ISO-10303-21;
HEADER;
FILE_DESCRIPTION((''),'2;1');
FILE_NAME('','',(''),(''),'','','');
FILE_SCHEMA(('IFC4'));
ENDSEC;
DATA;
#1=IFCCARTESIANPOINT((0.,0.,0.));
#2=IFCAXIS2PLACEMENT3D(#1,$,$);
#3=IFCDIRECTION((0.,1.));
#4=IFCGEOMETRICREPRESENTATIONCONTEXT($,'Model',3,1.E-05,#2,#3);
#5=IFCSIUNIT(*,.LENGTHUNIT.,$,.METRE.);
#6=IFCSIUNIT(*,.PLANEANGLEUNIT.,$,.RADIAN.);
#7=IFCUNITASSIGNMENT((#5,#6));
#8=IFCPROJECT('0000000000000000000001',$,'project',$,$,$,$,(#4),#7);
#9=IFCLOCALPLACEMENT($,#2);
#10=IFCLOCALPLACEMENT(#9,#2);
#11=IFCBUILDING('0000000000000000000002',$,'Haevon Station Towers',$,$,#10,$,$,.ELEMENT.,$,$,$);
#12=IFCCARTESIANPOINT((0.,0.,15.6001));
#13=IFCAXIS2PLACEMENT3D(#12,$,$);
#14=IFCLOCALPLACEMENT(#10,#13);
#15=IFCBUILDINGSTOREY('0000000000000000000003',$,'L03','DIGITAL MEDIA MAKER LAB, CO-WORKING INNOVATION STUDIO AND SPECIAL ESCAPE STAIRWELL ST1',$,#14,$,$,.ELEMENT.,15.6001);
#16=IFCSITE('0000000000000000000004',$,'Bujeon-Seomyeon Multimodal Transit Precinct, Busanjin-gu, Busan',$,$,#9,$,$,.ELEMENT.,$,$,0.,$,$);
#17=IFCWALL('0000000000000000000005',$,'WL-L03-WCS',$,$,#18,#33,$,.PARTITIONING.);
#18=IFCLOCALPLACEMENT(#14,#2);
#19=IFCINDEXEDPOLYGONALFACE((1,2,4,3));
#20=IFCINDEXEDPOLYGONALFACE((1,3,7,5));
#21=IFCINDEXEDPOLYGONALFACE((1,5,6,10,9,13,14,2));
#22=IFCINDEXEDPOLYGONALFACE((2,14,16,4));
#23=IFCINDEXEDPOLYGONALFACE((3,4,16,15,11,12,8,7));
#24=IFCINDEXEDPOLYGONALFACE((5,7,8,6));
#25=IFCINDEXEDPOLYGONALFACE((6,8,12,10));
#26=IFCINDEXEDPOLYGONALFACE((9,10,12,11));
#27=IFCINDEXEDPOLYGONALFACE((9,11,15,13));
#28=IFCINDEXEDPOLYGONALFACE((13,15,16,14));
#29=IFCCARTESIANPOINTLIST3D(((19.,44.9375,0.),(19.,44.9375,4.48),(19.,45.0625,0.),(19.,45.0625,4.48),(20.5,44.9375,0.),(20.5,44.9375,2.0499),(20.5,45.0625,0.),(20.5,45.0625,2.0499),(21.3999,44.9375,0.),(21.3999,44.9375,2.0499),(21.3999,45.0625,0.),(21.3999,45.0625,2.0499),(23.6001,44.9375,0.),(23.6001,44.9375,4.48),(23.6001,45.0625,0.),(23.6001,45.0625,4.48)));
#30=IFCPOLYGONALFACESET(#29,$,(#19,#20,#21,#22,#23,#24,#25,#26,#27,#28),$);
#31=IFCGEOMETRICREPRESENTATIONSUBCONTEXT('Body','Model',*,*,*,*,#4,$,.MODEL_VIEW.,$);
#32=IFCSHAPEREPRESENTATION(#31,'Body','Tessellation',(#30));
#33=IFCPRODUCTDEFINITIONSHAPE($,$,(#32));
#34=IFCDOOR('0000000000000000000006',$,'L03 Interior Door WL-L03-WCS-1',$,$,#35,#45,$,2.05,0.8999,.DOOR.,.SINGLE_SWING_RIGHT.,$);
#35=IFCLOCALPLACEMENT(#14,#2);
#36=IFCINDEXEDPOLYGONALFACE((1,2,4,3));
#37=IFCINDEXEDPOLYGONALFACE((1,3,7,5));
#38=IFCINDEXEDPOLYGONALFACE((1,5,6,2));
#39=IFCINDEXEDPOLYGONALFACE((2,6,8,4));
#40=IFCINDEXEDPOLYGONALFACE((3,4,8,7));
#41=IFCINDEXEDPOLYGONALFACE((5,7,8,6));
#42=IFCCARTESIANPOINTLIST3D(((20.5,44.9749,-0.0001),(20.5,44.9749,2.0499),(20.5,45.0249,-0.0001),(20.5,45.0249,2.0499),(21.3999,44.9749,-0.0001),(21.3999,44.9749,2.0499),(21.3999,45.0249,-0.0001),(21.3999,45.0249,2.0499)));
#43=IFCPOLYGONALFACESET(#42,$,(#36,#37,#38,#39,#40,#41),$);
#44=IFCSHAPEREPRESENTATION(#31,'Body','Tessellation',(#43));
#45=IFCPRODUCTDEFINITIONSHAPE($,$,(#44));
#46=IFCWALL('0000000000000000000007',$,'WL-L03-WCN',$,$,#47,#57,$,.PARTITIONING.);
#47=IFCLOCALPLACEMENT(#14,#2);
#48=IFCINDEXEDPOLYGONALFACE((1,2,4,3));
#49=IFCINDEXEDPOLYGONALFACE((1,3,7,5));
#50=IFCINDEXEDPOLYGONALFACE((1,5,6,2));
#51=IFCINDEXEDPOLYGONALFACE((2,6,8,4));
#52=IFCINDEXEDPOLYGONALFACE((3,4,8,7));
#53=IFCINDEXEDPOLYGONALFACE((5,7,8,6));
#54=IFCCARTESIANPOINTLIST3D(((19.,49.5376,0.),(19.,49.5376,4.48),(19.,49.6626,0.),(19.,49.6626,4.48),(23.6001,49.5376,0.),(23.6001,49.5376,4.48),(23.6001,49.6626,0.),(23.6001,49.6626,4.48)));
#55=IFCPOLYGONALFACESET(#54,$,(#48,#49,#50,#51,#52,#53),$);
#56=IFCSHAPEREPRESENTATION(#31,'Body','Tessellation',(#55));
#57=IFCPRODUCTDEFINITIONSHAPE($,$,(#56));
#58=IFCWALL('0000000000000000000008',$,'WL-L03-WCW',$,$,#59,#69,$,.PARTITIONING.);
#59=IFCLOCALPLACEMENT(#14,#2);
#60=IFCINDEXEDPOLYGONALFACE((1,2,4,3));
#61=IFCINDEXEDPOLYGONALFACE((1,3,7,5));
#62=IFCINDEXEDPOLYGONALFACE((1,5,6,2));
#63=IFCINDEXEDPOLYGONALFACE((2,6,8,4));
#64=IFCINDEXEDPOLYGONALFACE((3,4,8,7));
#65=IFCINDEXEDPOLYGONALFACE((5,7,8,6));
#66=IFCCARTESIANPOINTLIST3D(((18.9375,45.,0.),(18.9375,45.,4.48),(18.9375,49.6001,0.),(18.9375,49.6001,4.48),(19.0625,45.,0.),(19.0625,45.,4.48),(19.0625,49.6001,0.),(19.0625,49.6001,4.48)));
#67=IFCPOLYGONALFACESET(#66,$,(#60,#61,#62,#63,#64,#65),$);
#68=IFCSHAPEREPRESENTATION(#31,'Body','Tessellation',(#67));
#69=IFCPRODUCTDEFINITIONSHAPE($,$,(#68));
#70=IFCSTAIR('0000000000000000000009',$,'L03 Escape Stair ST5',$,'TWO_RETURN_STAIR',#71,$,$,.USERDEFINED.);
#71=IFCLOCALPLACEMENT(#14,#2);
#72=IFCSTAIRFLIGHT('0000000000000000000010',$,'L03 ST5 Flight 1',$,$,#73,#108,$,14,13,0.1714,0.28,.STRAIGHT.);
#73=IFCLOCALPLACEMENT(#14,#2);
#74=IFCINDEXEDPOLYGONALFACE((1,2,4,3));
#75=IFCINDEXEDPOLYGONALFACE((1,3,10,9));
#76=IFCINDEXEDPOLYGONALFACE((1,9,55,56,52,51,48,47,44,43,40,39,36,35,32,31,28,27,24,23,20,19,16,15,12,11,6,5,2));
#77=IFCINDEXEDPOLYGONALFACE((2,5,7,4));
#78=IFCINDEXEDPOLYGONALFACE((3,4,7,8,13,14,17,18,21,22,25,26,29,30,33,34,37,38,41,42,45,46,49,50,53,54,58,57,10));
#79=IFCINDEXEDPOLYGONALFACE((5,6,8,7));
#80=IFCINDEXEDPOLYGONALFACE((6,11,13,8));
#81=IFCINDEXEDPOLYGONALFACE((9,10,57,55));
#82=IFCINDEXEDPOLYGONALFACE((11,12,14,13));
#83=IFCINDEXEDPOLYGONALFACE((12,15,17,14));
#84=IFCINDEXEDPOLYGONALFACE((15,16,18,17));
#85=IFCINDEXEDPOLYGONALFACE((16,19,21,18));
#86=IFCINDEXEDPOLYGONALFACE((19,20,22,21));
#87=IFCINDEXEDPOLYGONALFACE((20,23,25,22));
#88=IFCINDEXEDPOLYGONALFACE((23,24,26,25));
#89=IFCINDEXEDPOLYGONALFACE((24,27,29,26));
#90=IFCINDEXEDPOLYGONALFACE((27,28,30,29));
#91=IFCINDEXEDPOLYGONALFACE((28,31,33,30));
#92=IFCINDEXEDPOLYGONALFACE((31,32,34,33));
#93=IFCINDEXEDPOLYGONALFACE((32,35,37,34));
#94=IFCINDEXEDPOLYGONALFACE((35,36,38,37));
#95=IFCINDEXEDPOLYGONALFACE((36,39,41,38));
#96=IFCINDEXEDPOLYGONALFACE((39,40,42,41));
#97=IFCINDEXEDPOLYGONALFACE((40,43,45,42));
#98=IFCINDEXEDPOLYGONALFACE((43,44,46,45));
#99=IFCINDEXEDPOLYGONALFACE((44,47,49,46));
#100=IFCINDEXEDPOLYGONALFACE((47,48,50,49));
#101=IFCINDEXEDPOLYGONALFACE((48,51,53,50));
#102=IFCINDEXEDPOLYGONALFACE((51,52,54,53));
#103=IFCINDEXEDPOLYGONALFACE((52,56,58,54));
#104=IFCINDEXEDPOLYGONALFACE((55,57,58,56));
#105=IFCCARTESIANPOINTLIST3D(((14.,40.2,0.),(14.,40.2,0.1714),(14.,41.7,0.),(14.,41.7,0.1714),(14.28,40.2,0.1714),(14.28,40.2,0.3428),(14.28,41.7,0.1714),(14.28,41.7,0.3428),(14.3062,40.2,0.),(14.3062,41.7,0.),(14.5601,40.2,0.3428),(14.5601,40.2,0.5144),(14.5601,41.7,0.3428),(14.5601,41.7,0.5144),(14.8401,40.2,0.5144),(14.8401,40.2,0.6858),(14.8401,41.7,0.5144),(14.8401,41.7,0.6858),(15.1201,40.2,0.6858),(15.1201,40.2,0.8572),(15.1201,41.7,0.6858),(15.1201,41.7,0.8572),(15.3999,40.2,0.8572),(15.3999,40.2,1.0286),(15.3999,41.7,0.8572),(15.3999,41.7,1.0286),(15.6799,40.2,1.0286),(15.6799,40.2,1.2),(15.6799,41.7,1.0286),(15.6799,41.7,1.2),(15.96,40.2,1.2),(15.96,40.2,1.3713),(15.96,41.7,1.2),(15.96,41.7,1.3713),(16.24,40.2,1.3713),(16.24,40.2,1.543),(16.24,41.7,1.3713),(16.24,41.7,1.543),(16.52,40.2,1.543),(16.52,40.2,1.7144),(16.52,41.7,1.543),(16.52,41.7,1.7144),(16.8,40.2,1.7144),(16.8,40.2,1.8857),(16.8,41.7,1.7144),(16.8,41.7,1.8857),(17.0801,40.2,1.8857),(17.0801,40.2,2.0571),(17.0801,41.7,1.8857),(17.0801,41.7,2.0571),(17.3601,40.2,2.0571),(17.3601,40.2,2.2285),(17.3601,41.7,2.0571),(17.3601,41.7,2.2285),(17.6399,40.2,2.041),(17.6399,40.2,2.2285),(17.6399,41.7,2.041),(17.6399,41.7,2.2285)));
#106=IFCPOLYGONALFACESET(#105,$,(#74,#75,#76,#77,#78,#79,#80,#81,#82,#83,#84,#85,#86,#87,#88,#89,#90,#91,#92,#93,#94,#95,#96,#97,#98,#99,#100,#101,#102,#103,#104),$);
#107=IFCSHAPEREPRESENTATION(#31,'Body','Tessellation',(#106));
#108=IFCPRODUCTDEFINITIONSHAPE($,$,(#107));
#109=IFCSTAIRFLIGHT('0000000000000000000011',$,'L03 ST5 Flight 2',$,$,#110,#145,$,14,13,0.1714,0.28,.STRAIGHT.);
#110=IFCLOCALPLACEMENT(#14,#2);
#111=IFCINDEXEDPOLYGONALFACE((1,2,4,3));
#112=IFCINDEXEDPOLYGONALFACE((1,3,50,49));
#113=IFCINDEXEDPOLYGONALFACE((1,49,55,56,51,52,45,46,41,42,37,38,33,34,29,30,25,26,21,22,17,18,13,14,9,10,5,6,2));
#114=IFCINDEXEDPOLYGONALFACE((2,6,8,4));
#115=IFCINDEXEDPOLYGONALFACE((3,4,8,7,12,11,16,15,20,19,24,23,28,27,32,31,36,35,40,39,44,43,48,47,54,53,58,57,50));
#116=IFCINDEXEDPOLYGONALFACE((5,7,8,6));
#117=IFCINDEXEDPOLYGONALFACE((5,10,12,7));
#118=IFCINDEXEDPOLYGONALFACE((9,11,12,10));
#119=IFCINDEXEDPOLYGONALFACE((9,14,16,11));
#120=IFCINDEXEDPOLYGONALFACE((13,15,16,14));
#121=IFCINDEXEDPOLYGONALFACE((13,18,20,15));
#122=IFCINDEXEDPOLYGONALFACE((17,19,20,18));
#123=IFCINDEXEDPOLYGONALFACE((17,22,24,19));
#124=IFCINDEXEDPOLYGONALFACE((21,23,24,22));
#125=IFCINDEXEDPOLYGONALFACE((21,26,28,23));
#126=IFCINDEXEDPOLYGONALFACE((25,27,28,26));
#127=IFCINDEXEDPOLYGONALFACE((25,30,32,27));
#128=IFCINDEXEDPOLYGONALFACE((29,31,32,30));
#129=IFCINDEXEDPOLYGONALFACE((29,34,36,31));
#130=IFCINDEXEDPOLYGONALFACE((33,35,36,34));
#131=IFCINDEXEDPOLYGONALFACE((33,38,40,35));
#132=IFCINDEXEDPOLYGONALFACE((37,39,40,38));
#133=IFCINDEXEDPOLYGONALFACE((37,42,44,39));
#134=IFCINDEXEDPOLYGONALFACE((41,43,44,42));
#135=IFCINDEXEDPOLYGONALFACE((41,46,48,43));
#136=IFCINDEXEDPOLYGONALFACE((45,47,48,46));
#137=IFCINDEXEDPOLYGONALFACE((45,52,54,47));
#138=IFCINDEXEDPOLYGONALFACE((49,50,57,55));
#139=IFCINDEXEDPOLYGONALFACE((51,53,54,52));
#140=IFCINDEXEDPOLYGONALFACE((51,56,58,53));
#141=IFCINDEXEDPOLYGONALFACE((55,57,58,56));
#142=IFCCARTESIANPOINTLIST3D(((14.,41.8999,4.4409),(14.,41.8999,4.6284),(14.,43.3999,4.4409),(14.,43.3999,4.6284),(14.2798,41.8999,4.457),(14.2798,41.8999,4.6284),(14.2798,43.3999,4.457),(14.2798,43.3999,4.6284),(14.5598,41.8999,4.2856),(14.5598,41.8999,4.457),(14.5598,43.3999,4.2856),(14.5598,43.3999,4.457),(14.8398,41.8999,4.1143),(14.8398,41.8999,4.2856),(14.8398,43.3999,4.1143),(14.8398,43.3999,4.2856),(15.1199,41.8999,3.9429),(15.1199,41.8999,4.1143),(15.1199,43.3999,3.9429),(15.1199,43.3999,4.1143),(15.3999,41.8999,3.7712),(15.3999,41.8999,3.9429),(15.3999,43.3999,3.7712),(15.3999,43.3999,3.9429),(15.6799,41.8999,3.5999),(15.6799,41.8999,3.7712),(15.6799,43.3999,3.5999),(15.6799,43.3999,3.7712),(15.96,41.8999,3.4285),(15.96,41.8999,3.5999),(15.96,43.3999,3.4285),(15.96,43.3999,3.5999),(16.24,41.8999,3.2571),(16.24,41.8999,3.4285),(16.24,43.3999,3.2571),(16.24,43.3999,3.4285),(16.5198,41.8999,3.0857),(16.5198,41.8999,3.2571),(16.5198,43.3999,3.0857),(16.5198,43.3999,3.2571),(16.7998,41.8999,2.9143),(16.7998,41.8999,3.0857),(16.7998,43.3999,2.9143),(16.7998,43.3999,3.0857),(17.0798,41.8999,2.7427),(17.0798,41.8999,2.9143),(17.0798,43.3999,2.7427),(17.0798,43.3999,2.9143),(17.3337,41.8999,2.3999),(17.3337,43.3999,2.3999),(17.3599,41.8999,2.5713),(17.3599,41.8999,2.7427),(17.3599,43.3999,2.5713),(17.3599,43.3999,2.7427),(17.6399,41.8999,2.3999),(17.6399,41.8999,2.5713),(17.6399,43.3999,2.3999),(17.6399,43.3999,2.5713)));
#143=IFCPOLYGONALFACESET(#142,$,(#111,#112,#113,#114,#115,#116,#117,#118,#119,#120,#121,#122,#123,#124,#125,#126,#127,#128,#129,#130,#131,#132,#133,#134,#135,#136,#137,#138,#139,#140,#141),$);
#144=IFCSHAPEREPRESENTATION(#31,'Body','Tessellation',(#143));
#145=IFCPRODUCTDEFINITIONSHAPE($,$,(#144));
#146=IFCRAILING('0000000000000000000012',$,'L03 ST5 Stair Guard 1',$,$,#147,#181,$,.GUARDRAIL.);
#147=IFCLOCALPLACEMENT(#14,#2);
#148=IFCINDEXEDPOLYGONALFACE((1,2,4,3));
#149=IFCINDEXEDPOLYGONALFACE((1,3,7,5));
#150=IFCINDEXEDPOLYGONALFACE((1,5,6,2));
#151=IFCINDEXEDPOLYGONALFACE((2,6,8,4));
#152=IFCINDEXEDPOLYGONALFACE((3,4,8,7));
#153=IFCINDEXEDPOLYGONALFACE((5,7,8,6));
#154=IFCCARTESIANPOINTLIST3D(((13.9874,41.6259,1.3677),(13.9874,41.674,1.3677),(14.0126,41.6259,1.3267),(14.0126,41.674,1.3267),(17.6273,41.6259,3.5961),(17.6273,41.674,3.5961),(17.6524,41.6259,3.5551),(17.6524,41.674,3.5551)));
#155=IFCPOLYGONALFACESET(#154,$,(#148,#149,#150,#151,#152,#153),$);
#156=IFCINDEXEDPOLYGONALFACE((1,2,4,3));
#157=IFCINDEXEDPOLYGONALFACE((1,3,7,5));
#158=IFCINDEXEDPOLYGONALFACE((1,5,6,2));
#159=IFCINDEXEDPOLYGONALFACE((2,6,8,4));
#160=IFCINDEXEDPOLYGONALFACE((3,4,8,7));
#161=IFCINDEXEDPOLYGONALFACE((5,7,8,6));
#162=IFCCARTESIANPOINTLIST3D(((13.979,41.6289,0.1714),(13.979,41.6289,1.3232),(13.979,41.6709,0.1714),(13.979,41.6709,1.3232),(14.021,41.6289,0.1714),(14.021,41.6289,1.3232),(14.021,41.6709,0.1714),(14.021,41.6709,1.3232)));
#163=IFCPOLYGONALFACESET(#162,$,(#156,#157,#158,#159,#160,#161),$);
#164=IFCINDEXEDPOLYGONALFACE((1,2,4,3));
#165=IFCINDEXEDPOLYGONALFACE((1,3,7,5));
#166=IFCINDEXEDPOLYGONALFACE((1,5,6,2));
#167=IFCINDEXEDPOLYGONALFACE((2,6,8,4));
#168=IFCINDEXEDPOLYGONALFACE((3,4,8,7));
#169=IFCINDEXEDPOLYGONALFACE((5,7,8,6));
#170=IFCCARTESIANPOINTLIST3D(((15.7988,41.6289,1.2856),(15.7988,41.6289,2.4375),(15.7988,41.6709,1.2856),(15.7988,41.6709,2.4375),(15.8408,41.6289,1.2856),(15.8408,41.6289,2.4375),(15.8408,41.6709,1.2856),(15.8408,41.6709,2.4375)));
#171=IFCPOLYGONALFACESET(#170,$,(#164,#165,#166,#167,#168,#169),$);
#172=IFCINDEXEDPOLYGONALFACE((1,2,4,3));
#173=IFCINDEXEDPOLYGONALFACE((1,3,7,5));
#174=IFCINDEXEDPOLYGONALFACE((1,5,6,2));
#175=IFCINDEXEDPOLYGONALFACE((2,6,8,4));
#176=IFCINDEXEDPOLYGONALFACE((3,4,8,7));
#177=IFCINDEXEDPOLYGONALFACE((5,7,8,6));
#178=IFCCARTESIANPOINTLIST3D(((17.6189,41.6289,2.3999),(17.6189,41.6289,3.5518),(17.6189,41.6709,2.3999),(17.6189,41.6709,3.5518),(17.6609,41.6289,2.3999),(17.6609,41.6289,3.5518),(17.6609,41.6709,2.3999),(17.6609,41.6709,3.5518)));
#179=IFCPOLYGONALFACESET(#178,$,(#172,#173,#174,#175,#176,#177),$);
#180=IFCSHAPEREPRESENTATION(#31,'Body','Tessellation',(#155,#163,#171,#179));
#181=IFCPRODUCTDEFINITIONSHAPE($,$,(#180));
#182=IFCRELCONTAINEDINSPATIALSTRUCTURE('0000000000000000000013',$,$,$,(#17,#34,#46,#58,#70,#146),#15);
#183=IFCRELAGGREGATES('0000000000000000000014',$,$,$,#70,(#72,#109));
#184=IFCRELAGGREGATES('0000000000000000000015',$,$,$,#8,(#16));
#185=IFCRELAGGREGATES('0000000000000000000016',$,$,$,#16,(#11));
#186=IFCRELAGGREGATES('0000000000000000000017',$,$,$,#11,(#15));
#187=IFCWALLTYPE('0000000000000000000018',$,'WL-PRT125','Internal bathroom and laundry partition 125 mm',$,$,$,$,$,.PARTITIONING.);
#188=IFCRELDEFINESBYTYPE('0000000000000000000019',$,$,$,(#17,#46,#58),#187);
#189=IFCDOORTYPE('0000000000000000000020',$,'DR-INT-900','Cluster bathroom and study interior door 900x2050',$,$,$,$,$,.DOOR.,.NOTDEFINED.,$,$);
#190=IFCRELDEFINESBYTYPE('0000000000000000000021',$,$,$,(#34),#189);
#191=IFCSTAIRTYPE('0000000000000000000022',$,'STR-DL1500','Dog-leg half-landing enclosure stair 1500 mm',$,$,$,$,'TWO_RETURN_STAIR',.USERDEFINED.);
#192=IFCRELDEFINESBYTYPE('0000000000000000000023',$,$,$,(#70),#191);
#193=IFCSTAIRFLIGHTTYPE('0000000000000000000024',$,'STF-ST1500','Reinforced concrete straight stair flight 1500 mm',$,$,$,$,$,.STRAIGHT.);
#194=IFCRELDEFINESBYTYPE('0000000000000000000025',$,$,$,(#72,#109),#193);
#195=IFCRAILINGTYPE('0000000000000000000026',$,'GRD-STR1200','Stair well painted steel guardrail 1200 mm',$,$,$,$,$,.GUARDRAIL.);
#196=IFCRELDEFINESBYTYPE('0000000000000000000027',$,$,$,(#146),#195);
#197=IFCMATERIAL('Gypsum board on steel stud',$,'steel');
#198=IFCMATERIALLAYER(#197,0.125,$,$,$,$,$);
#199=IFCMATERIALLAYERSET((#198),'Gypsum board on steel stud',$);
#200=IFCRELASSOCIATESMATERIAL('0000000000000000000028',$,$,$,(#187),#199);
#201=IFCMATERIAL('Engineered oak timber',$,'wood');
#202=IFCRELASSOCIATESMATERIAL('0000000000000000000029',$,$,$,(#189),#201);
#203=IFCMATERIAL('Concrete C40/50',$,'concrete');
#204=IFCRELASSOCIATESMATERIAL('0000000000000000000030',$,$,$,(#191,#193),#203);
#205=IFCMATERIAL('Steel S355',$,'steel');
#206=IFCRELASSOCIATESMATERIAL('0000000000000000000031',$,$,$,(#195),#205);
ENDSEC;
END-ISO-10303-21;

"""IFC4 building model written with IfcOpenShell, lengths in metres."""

from ifc_helpers import new_model, si_unit, direction, frame, frame_2d, origin, origin_2d, place, context, subcontext, project, spatial, polyline, rectangle, outline, extrude, material, layer, layer_set, type_object, element, fill, aggregate, save


model = new_model("IFC4")

# Units and contexts
model_context = context("Model", 3, precision=1e-05, world=origin(), true_north=direction((0.0, 1.0)))
body_context = subcontext(model_context, "Body", "Model", "MODEL_VIEW")
ifc_project = project(units=[si_unit("LENGTHUNIT", "METRE"), si_unit("PLANEANGLEUNIT", "RADIAN")], contexts=[model_context])

# Site, building, storey
site_placement = place(None, origin())
site = spatial("IfcSite", under=ifc_project, at=site_placement, Name="Bujeon-Seomyeon Multimodal Transit Precinct, Busanjin-gu, Busan", CompositionType="ELEMENT", RefElevation=0.0)
building_placement = place(site_placement, origin())
building = spatial("IfcBuilding", under=site, at=building_placement, Name="Haevon Station Towers", CompositionType="ELEMENT")
storey_placement = place(building_placement, frame((0.0, 0.0, 15.6001)))
storey = spatial("IfcBuildingStorey", under=building, at=storey_placement, Name="L03", Description="DIGITAL MEDIA MAKER LAB, CO-WORKING INNOVATION STUDIO AND SPECIAL ESCAPE STAIRWELL ST1", CompositionType="ELEMENT", Elevation=15.6001)

# Shared definitions
ifc_material_1 = material(Name="Steel S355", Category="steel")

# Shared definitions
ifc_material_2 = material(Name="Gypsum board on steel stud", Category="steel")
ifc_material_3 = material(Name="Engineered oak timber", Category="wood")

# Wall, opening, door
ifc_layer_1 = layer(ifc_material_2, 0.125)
ifc_layer_set_1 = layer_set([ifc_layer_1], Name="Gypsum board on steel stud")
wall_type_1 = type_object("IfcWallType", Name="WL-PRT125", Description="Internal bathroom and laundry partition 125 mm", PredefinedType="PARTITIONING", material=ifc_layer_set_1)
wall_1_placement = place(storey_placement, frame((19.0, 45.0, 0.0), z_axis=(0.0, 0.0, 1.0), x_axis=(1.0, 0.0, 0.0)))
wall_1 = element("IfcWall", 1, at=wall_1_placement, inside=storey, type_object=wall_type_1, Name="WL-L03-WCS", PredefinedType="PARTITIONING", context=body_context, shape_type="SweptSolid", body=[
    extrude(rectangle(XDim=4.6001, YDim=0.125, at=frame_2d((2.3, 0.0))), origin(), (0.0, 0.0, 1.0), 4.48),
])
opening_1_placement = place(wall_1_placement, frame((1.5, 0.0, 0.0)))
opening_1 = element("IfcOpeningElement", 2, at=opening_1_placement, cuts=wall_1, PredefinedType="OPENING", context=body_context, shape_type="SweptSolid", body=[
    extrude(rectangle(XDim=0.8999, YDim=2.05, at=frame_2d((0.45, 1.0249))), frame((0.0, 0.0725, 0.0), z_axis=(0.0, -1.0, 0.0), x_axis=(1.0, 0.0, 0.0)), (0.0, 0.0, 1.0), 0.145),
])
door_type_1 = type_object("IfcDoorType", Name="DR-INT-900", Description="Cluster bathroom and study interior door 900x2050", OperationType="NOTDEFINED", PredefinedType="DOOR", material=ifc_material_3)
door_1_placement = place(opening_1_placement, origin())
door_1 = element("IfcDoor", 3, at=door_1_placement, inside=storey, type_object=door_type_1, Name="L03 Interior Door WL-L03-WCS-1", OperationType="SINGLE_SWING_RIGHT", OverallHeight=2.05, OverallWidth=0.8999, PredefinedType="DOOR", context=body_context, shape_type="SweptSolid", body=[
    extrude(rectangle(XDim=0.8999, YDim=2.05, at=frame_2d((0.45, 1.0249))), frame((0.0, 0.0249, 0.0), z_axis=(0.0, -1.0, 0.0), x_axis=(1.0, 0.0, 0.0)), (0.0, 0.0, 1.0), 0.05),
])
fill(opening_1, door_1)

# Walls
for number, where, z_axis, x_axis, name in (
    (4, (19.0, 49.6001, 0.0), (0.0, 0.0, 1.0), (1.0, 0.0, 0.0), "WL-L03-WCN"),
    (5, (19.0, 45.0, 0.0), (0.0, 0.0, 1.0), (0.0, 1.0, 0.0), "WL-L03-WCW"),
):
    element("IfcWall", number, at=place(storey_placement, frame(where, z_axis=z_axis, x_axis=x_axis)), inside=storey, type_object=wall_type_1, Name=name, PredefinedType="PARTITIONING", context=body_context, shape_type="SweptSolid", body=[
        extrude(rectangle(XDim=4.6001, YDim=0.125, at=frame_2d((2.3, 0.0))), origin(), (0.0, 0.0, 1.0), 4.48),
    ])

# Stair, stair flights
ifc_material_4 = material(Name="Concrete C40/50", Category="concrete")
stair_type = type_object("IfcStairType", Name="STR-DL1500", Description="Dog-leg half-landing enclosure stair 1500 mm", ElementType="TWO_RETURN_STAIR", PredefinedType="USERDEFINED", material=ifc_material_4)
stair_placement = place(storey_placement, origin())
stair = element("IfcStair", 6, at=stair_placement, inside=storey, type_object=stair_type, Name="L03 Escape Stair ST5", ObjectType="TWO_RETURN_STAIR", PredefinedType="USERDEFINED")
stair_flight_type = type_object("IfcStairFlightType", Name="STF-ST1500", Description="Reinforced concrete straight stair flight 1500 mm", PredefinedType="STRAIGHT", material=ifc_material_4)
stair_flight_1_placement = place(storey_placement, frame((14.0, 40.95, 0.0), z_axis=(0.0, 0.0, 1.0), x_axis=(1.0, 0.0, 0.0)))
stair_flight_1 = element("IfcStairFlight", 7, at=stair_flight_1_placement, type_object=stair_flight_type, Name="L03 ST5 Flight 1", NumberOfRisers=14, NumberOfTreads=13, PredefinedType="STRAIGHT", RiserHeight=0.1714, TreadLength=0.28, context=body_context, shape_type="SweptSolid", body=[
    extrude(outline(polyline([(0.0, 0.0), (0.0, 0.1714), (0.28, 0.1714), (0.28, 0.3428), (0.5601, 0.3428), (0.5601, 0.5144), (0.8401, 0.5144), (0.8401, 0.6858), (1.1201, 0.6858), (1.1201, 0.8572), (1.3999, 0.8572), (1.3999, 1.0286), (1.6799, 1.0286), (1.6799, 1.2), (1.96, 1.2), (1.96, 1.3713), (2.24, 1.3713), (2.24, 1.543), (2.52, 1.543), (2.52, 1.7144), (2.8, 1.7144), (2.8, 1.8857), (3.0801, 1.8857), (3.0801, 2.0571), (3.3601, 2.0571), (3.3601, 2.2285), (3.6399, 2.2285), (3.6399, 2.3999), (3.6399, 2.041), (0.3062, 0.0), (0.0, 0.0)])), frame((0.0, 0.75, 0.0), z_axis=(0.0, -1.0, 0.0), x_axis=(1.0, 0.0, 0.0)), (0.0, 0.0, 1.0), 1.5),
])
stair_flight_2_placement = place(storey_placement, frame((17.6399, 42.6499, 2.3999), z_axis=(0.0, 0.0, 1.0), x_axis=(-1.0, 0.0, 0.0)))
stair_flight_2 = element("IfcStairFlight", 8, at=stair_flight_2_placement, type_object=stair_flight_type, Name="L03 ST5 Flight 2", NumberOfRisers=14, NumberOfTreads=13, PredefinedType="STRAIGHT", RiserHeight=0.1714, TreadLength=0.28, context=body_context, shape_type="SweptSolid", body=[
    extrude(outline(polyline([(0.0, 0.0), (0.0, 0.1714), (0.28, 0.1714), (0.28, 0.3428), (0.5601, 0.3428), (0.5601, 0.5144), (0.8401, 0.5144), (0.8401, 0.6858), (1.1201, 0.6858), (1.1201, 0.8572), (1.3999, 0.8572), (1.3999, 1.0286), (1.6799, 1.0286), (1.6799, 1.2), (1.96, 1.2), (1.96, 1.3713), (2.24, 1.3713), (2.24, 1.543), (2.52, 1.543), (2.52, 1.7144), (2.8, 1.7144), (2.8, 1.8857), (3.0801, 1.8857), (3.0801, 2.0571), (3.3601, 2.0571), (3.3601, 2.2285), (3.6399, 2.2285), (3.6399, 2.3999), (3.6399, 2.041), (0.3062, 0.0), (0.0, 0.0)])), frame((0.0, 0.75, 0.0), z_axis=(0.0, -1.0, 0.0), x_axis=(1.0, 0.0, 0.0)), (0.0, 0.0, 1.0), 1.5),
])
aggregate(stair, [stair_flight_1, stair_flight_2])

# Railing
railing_type_1 = type_object("IfcRailingType", Name="GRD-STR1200", Description="Stair well painted steel guardrail 1200 mm", PredefinedType="GUARDRAIL", material=ifc_material_1)
railing_1_placement = place(storey_placement, frame((14.0, 41.6499, 0.1714)))
element("IfcRailing", 9, at=railing_1_placement, inside=storey, type_object=railing_type_1, Name="L03 ST5 Stair Guard 1", PredefinedType="GUARDRAIL", context=body_context, shape_type="SweptSolid", body=[
    extrude(rectangle(XDim=0.0481, YDim=0.0481, at=origin_2d()), frame((0.0, 0.0, 1.1758), z_axis=(0.85285, 0.0, 0.522156), x_axis=(0.0, 1.0, 0.0)), (0.0, 0.0, 1.0), 4.2678),
    extrude(rectangle(XDim=0.042, YDim=0.042, at=origin_2d()), origin(), (0.0, 0.0, 1.0), 1.1519),
    extrude(rectangle(XDim=0.042, YDim=0.042, at=origin_2d()), frame((1.8198, 0.0, 1.1143)), (0.0, 0.0, 1.0), 1.1519),
    extrude(rectangle(XDim=0.042, YDim=0.042, at=origin_2d()), frame((3.6399, 0.0, 2.2285)), (0.0, 0.0, 1.0), 1.1519),
])

save(model, "model.ifc")
